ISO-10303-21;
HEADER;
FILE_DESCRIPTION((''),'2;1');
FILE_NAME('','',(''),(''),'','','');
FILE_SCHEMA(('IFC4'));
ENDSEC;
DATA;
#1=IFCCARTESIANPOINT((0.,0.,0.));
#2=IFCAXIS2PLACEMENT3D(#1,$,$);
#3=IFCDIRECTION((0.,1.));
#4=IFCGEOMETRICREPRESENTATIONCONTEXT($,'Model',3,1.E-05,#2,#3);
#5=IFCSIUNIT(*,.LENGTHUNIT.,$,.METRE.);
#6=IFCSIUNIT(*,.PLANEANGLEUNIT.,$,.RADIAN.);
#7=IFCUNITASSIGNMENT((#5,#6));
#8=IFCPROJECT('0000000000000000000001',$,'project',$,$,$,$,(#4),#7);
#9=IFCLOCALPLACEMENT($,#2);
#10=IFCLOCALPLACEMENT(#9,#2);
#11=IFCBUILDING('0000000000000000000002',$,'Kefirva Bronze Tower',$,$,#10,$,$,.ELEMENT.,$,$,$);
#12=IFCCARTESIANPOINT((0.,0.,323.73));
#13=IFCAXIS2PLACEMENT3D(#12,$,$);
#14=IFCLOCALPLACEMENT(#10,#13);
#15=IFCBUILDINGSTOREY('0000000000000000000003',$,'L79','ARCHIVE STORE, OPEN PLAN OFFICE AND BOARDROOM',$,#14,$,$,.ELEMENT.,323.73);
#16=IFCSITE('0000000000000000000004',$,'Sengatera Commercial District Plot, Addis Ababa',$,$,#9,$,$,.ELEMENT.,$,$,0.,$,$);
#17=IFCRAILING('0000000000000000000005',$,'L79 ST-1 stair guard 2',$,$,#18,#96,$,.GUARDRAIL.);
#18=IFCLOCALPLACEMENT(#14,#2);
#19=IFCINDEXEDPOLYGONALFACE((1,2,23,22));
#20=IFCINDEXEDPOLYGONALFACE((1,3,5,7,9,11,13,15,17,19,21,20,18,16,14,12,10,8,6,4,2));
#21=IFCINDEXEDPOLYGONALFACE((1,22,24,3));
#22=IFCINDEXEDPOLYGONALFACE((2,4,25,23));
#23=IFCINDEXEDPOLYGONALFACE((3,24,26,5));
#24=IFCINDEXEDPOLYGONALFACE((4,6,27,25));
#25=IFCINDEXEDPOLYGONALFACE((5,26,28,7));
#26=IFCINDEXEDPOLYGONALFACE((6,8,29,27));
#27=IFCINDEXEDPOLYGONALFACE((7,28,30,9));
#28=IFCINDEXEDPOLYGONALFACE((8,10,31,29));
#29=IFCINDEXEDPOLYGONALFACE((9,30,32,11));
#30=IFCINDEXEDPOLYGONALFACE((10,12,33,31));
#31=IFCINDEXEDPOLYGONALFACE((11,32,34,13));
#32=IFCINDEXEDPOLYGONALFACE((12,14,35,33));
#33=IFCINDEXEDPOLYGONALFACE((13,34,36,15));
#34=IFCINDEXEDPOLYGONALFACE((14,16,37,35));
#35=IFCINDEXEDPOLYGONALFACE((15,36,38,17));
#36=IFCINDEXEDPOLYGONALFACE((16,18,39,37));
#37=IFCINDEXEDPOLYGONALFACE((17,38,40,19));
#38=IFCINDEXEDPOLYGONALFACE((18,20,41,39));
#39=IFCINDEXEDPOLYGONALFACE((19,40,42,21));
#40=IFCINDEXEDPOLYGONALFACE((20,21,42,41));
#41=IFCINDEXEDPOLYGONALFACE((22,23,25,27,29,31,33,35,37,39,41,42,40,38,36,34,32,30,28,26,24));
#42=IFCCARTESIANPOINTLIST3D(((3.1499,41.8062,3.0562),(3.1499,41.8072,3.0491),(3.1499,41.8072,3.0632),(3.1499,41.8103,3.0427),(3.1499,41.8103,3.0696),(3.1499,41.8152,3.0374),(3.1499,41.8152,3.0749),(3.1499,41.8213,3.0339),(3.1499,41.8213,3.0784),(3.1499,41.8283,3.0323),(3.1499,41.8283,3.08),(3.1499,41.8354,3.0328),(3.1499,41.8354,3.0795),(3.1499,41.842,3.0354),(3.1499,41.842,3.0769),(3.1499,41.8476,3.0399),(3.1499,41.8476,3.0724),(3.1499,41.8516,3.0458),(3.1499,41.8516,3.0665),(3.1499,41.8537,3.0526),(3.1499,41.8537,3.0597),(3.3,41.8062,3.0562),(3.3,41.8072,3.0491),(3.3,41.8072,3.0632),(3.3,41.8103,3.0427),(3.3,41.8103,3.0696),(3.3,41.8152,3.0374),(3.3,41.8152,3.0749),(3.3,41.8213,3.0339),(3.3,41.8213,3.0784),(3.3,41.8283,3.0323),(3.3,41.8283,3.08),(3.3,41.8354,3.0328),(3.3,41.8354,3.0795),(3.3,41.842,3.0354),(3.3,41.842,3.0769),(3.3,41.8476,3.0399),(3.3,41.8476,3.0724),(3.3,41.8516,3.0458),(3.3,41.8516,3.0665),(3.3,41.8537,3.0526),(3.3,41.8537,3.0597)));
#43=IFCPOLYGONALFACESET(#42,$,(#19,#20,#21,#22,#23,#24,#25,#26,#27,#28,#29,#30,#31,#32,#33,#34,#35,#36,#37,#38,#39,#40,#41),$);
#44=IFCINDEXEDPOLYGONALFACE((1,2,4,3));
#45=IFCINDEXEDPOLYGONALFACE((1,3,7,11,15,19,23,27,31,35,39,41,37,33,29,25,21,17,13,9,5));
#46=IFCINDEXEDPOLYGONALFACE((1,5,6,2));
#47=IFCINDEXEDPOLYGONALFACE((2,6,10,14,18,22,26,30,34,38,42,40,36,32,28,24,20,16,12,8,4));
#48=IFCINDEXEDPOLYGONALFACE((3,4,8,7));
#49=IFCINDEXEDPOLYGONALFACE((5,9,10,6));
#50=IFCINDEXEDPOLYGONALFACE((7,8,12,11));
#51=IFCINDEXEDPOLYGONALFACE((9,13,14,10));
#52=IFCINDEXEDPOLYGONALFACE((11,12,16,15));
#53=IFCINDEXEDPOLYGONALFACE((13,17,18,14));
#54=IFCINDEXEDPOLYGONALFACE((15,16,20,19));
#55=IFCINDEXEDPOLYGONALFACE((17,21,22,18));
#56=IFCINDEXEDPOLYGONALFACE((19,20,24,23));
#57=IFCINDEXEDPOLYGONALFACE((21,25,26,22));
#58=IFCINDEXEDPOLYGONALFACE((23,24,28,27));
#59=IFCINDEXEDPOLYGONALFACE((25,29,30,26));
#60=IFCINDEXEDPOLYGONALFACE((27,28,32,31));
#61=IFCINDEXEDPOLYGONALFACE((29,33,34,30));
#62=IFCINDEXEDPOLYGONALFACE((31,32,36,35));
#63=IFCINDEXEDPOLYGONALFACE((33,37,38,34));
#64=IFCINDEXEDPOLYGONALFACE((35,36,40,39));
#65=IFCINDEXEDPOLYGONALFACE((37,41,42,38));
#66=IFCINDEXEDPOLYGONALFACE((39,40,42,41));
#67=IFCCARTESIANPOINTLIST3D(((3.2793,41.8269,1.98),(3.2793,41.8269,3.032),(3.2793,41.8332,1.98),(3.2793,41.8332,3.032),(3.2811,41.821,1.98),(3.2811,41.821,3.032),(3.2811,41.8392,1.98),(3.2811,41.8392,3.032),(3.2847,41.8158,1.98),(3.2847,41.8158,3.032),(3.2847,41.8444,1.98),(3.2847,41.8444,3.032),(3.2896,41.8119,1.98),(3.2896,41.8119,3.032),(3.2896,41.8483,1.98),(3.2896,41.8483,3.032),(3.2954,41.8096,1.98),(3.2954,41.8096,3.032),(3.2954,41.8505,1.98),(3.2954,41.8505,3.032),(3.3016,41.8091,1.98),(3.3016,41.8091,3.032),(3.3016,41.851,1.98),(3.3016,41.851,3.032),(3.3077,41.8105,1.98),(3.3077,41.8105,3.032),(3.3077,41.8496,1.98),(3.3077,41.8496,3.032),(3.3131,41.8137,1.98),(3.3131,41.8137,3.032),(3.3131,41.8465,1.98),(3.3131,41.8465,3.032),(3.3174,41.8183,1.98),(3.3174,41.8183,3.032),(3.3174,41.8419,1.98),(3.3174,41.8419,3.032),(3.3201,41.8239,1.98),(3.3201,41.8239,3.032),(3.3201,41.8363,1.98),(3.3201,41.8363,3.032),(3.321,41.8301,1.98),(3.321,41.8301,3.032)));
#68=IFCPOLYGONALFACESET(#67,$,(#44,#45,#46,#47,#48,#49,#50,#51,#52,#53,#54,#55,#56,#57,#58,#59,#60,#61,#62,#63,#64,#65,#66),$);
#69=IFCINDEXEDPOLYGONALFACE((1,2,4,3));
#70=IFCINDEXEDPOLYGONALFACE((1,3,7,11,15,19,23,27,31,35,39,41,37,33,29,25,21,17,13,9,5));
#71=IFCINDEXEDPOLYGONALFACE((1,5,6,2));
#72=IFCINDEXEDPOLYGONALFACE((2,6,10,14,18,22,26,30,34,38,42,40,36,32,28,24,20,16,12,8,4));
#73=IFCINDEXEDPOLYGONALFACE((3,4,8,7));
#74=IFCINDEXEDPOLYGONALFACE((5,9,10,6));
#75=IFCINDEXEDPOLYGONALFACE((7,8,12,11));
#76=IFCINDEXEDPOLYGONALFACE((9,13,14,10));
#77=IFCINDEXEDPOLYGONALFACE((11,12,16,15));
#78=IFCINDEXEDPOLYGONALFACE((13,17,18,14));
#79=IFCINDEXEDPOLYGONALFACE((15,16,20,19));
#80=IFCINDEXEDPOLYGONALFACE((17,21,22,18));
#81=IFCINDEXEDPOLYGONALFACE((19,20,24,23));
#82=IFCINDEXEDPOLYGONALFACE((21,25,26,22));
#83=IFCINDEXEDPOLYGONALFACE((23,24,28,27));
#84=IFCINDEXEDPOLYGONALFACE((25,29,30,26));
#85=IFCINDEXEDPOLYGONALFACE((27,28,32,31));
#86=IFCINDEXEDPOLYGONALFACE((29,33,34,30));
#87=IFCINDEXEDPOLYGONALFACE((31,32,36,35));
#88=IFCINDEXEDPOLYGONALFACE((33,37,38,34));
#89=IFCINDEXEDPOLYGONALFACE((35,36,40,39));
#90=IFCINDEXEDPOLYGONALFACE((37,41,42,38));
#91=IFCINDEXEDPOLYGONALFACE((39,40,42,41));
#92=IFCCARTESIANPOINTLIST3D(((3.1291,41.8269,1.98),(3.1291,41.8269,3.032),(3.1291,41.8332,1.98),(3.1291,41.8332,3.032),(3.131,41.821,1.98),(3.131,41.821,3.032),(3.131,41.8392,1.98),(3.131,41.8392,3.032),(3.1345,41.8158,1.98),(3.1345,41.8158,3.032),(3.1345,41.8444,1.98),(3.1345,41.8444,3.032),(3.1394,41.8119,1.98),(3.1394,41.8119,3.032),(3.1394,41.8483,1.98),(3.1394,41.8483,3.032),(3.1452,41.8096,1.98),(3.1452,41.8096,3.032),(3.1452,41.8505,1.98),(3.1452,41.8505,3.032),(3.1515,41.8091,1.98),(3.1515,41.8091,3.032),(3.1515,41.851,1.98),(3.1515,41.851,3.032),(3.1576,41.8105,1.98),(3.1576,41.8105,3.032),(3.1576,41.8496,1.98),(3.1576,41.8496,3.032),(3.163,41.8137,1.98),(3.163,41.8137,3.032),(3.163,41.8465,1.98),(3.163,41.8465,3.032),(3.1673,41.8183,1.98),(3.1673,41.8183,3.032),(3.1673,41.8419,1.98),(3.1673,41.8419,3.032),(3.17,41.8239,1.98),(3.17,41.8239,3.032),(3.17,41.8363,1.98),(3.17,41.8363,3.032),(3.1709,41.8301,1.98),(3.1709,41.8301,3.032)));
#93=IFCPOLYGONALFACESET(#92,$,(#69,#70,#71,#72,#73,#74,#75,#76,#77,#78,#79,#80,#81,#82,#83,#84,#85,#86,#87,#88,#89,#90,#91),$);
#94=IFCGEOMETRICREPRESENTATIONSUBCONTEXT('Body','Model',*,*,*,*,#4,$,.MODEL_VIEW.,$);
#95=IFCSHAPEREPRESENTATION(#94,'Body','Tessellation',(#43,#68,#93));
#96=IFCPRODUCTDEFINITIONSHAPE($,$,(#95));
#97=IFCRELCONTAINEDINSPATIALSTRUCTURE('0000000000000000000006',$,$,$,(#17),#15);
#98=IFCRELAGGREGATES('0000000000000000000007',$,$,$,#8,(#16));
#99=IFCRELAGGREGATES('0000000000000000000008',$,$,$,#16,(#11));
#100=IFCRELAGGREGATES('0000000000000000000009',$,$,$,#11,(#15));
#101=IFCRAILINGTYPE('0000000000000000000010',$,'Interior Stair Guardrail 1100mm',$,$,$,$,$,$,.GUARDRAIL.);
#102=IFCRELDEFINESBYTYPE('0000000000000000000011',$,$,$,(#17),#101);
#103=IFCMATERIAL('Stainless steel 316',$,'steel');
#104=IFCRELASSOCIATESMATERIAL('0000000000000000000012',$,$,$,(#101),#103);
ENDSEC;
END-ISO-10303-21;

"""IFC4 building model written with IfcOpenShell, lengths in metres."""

from ifc_helpers import new_model, si_unit, direction, frame, origin, origin_2d, place, context, subcontext, project, spatial, circle, extrude, material, type_object, element, save


model = new_model("IFC4")

# Units and contexts
model_context = context("Model", 3, precision=1e-05, world=origin(), true_north=direction((0.0, 1.0)))
body_context = subcontext(model_context, "Body", "Model", "MODEL_VIEW")
ifc_project = project(units=[si_unit("LENGTHUNIT", "METRE"), si_unit("PLANEANGLEUNIT", "RADIAN")], contexts=[model_context])

# Site, building, storey
site_placement = place(None, origin())
site = spatial("IfcSite", under=ifc_project, at=site_placement, Name="Sengatera Commercial District Plot, Addis Ababa", CompositionType="ELEMENT", RefElevation=0.0)
building_placement = place(site_placement, origin())
building = spatial("IfcBuilding", under=site, at=building_placement, Name="Kefirva Bronze Tower", CompositionType="ELEMENT")
storey_placement = place(building_placement, frame((0.0, 0.0, 323.73)))
storey = spatial("IfcBuildingStorey", under=building, at=storey_placement, Name="L79", Description="ARCHIVE STORE, OPEN PLAN OFFICE AND BOARDROOM", CompositionType="ELEMENT", Elevation=323.73)

# Railing
ifc_material_1 = material(Name="Stainless steel 316", Category="steel")
railing_type_1 = type_object("IfcRailingType", Name="Interior Stair Guardrail 1100mm", PredefinedType="GUARDRAIL", material=ifc_material_1)
railing_1_placement = place(storey_placement, frame((3.3, 41.8301, 1.98)))
element("IfcRailing", 1, at=railing_1_placement, inside=storey, type_object=railing_type_1, Name="L79 ST-1 stair guard 2", PredefinedType="GUARDRAIL", context=body_context, shape_type="SweptSolid", body=[
    extrude(circle(Radius=0.0239, at=origin_2d()), frame((0.0, 0.0, 1.0762), z_axis=(-1.0, 0.0, 0.0), x_axis=(0.0, -1.0, 0.0)), (0.0, 0.0, 1.0), 0.1501),
    extrude(circle(Radius=0.021, at=origin_2d()), origin(), (0.0, 0.0, 1.0), 1.052),
    extrude(circle(Radius=0.021, at=origin_2d()), frame((-0.1501, 0.0, 0.0)), (0.0, 0.0, 1.0), 1.052),
])

save(model, "model.ifc")
